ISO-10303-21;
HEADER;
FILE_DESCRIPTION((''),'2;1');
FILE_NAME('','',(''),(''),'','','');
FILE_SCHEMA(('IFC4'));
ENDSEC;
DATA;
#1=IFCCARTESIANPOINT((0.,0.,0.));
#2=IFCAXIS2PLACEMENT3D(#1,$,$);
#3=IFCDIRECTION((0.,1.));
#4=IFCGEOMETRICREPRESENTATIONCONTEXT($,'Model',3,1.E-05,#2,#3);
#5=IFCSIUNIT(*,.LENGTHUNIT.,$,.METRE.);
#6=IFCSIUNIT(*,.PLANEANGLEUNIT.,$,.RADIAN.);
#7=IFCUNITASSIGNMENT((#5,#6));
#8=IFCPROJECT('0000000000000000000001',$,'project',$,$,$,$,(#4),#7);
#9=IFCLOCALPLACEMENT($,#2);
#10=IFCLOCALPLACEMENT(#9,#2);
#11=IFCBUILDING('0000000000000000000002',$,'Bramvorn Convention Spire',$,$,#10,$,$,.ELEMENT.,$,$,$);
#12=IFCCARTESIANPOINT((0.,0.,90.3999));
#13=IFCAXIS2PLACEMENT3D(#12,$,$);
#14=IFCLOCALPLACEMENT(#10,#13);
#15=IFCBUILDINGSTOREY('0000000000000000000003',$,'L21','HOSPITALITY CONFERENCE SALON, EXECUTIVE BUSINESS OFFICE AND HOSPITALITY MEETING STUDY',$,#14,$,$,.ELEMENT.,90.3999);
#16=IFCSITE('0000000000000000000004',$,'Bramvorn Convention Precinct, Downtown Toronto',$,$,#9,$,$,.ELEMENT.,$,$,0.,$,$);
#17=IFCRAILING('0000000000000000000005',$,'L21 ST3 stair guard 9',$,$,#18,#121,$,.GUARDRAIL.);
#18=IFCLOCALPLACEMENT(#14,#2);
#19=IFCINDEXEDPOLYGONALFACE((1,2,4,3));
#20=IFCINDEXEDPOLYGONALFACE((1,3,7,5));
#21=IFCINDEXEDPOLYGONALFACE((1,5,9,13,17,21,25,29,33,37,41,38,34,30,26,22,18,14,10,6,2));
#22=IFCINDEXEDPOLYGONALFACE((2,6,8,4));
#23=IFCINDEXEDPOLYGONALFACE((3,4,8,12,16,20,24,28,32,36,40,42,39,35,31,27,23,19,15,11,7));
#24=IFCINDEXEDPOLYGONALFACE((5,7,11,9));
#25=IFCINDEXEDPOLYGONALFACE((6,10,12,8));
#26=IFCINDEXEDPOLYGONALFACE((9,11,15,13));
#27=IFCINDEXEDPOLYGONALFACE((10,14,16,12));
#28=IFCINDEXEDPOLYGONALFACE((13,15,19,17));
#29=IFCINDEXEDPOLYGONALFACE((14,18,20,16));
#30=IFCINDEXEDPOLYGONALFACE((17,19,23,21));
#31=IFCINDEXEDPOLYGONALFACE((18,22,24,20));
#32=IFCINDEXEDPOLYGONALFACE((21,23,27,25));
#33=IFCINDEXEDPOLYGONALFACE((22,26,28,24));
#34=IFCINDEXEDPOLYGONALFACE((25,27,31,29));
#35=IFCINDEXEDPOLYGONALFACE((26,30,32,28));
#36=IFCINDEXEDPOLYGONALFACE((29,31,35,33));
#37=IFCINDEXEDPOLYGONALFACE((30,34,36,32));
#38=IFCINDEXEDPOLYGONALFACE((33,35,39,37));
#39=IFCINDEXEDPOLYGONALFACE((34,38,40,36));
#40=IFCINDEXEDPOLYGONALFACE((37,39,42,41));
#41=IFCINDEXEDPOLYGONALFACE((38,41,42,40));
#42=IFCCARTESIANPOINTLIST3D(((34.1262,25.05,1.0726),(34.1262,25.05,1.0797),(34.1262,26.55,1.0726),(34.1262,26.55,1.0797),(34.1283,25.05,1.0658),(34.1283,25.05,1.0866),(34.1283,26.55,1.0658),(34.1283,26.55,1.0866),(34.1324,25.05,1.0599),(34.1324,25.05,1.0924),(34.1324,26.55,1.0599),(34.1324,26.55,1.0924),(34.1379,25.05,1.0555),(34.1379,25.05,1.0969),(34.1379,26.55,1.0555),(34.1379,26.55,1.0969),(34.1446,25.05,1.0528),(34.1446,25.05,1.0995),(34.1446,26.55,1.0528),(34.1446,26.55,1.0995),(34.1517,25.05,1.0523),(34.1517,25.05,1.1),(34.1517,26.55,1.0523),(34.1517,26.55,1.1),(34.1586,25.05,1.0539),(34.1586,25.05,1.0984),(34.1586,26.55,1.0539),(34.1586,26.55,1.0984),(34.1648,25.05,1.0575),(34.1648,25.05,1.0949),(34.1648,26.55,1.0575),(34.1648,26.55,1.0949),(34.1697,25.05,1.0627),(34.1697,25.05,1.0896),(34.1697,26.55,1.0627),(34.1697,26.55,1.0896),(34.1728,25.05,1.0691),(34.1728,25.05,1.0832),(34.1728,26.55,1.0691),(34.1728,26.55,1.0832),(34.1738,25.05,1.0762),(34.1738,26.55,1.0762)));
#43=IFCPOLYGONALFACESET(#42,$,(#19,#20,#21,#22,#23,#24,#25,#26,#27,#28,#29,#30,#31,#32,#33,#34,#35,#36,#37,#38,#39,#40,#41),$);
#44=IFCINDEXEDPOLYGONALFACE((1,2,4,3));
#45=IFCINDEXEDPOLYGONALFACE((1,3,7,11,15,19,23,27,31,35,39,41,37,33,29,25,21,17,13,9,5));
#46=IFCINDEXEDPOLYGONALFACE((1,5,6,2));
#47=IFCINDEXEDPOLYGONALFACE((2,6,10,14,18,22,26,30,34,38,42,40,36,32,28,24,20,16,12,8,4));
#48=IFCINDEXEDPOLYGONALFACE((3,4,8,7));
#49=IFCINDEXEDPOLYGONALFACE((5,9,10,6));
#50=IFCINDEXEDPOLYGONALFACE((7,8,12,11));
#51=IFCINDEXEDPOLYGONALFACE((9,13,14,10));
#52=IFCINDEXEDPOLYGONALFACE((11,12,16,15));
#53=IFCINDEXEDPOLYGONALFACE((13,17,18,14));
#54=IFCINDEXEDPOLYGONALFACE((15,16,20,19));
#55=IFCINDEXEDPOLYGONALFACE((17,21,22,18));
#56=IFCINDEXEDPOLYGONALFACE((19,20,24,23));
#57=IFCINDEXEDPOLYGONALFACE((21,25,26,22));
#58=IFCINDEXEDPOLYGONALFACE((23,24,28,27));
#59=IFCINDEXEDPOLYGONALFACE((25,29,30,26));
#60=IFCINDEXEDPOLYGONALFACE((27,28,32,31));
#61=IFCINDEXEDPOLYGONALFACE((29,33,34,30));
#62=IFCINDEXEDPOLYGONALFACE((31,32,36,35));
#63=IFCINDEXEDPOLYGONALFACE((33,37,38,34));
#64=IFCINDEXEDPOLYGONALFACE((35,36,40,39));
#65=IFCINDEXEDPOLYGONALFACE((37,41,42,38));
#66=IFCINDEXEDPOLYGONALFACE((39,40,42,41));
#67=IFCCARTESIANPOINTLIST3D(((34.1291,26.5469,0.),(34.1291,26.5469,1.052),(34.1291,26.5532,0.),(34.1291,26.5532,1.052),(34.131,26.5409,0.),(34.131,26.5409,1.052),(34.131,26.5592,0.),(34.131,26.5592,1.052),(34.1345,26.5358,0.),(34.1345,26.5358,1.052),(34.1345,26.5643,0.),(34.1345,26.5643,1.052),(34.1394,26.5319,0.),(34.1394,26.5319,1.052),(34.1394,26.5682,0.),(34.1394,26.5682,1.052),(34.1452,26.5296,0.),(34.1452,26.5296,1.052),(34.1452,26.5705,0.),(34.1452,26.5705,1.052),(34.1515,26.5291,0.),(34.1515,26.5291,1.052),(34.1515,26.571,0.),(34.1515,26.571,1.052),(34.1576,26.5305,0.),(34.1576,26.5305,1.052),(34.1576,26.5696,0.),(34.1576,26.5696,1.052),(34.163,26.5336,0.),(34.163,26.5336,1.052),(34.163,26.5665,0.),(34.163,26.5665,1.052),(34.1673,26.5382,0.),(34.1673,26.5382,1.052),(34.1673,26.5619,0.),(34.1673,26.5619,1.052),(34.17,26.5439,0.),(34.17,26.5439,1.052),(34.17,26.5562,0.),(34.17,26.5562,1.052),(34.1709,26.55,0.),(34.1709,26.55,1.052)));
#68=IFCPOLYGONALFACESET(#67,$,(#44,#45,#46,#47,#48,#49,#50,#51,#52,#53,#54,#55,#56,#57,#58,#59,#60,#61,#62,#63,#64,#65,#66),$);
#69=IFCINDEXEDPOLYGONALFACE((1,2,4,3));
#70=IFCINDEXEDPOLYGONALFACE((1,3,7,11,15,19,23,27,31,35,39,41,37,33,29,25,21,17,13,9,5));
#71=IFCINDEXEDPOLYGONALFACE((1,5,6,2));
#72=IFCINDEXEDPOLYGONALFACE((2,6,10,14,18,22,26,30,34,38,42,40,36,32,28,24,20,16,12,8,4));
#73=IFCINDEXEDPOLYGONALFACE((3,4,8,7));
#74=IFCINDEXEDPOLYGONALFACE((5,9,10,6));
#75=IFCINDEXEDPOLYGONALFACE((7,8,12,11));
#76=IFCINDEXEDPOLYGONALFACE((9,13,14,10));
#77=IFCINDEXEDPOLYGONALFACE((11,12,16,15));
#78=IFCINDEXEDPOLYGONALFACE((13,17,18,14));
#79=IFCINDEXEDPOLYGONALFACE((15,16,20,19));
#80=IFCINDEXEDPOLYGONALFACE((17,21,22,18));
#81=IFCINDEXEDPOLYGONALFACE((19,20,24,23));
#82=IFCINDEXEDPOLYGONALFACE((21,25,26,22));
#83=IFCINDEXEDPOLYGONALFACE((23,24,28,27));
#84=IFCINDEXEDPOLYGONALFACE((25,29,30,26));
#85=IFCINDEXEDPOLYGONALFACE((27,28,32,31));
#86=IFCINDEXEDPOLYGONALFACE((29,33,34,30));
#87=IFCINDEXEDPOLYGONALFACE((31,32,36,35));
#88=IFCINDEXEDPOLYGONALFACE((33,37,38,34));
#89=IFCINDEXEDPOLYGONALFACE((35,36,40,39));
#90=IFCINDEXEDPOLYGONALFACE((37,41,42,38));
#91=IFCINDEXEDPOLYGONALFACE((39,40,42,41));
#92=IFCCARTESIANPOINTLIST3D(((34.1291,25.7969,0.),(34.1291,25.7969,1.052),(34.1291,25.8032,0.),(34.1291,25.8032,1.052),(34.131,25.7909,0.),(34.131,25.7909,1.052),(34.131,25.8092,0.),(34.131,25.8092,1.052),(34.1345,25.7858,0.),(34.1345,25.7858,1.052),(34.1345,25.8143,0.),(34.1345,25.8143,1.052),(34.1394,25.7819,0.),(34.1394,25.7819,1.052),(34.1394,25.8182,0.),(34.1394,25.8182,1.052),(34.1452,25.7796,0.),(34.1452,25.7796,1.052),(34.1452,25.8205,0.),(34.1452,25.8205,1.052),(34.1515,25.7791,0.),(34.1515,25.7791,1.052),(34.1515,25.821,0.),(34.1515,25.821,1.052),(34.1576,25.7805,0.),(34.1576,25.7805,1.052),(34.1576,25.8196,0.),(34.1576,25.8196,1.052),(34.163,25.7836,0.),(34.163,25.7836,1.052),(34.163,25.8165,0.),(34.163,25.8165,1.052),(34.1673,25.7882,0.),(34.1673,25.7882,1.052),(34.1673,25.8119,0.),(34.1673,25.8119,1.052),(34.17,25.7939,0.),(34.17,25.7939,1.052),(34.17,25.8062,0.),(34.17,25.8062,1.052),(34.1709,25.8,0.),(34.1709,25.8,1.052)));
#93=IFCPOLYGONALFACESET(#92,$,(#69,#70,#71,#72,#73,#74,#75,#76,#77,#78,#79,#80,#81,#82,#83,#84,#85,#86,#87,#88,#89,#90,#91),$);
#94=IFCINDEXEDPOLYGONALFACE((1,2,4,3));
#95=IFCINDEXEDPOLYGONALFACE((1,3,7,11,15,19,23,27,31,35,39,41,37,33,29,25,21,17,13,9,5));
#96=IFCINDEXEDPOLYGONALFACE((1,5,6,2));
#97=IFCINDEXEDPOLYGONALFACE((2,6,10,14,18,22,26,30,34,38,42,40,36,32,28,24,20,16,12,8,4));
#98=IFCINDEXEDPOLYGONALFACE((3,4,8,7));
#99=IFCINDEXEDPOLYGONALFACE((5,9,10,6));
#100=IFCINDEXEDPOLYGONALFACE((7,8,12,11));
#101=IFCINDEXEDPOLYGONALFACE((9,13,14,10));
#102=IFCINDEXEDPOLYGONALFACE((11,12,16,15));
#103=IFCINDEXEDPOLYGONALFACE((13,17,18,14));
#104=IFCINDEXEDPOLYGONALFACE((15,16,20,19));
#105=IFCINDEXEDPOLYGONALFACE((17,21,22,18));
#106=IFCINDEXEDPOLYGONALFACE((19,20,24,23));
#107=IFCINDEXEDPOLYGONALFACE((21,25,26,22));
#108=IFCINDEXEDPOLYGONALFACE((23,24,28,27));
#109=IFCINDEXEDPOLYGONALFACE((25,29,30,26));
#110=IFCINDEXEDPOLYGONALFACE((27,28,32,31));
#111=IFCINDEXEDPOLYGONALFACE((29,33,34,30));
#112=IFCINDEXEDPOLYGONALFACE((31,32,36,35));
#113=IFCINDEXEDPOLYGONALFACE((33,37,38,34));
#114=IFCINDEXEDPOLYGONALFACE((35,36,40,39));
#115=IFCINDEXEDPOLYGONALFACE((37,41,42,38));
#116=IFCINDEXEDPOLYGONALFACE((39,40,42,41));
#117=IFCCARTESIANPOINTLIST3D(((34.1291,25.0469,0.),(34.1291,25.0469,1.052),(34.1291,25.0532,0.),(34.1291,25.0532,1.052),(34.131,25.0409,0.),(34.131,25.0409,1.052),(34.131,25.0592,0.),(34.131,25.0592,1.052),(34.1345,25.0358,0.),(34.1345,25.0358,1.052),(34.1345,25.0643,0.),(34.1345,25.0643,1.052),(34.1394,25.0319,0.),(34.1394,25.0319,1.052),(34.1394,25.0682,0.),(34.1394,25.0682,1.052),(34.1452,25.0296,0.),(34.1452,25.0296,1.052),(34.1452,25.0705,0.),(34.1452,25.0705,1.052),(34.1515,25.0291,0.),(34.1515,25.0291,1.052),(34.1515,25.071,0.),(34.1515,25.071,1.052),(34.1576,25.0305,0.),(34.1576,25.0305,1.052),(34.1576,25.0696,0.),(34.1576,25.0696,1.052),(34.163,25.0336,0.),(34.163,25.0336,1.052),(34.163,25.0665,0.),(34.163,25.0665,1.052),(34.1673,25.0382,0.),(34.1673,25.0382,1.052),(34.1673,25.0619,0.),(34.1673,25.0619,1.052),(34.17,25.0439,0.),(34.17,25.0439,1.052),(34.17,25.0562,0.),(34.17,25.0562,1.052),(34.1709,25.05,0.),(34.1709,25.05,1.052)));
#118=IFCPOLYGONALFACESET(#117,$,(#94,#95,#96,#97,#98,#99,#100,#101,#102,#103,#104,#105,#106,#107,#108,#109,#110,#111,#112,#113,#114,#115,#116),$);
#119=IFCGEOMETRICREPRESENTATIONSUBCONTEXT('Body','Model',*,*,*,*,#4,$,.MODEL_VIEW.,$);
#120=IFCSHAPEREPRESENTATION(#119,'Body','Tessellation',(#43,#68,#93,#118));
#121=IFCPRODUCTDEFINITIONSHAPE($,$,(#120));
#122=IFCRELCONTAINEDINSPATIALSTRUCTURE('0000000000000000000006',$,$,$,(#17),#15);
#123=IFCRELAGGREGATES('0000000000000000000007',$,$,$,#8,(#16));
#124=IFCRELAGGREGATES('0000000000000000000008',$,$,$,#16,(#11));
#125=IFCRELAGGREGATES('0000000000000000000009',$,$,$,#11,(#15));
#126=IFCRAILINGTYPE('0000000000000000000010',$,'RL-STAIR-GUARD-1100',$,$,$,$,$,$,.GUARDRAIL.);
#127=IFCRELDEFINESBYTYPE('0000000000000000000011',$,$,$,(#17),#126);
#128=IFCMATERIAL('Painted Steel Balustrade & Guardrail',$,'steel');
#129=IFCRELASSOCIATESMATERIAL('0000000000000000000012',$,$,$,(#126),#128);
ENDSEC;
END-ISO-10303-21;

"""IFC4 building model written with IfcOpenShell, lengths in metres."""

from ifc_helpers import new_model, si_unit, direction, frame, origin, origin_2d, place, context, subcontext, project, spatial, circle, extrude, material, type_object, element, save


model = new_model("IFC4")

# Units and contexts
model_context = context("Model", 3, precision=1e-05, world=origin(), true_north=direction((0.0, 1.0)))
body_context = subcontext(model_context, "Body", "Model", "MODEL_VIEW")
ifc_project = project(units=[si_unit("LENGTHUNIT", "METRE"), si_unit("PLANEANGLEUNIT", "RADIAN")], contexts=[model_context])

# Site, building, storey
site_placement = place(None, origin())
site = spatial("IfcSite", under=ifc_project, at=site_placement, Name="Bramvorn Convention Precinct, Downtown Toronto", CompositionType="ELEMENT", RefElevation=0.0)
building_placement = place(site_placement, origin())
building = spatial("IfcBuilding", under=site, at=building_placement, Name="Bramvorn Convention Spire", CompositionType="ELEMENT")
storey_placement = place(building_placement, frame((0.0, 0.0, 90.3999)))
storey = spatial("IfcBuildingStorey", under=building, at=storey_placement, Name="L21", Description="HOSPITALITY CONFERENCE SALON, EXECUTIVE BUSINESS OFFICE AND HOSPITALITY MEETING STUDY", CompositionType="ELEMENT", Elevation=90.3999)

# Railing
ifc_material_1 = material(Name="Painted Steel Balustrade & Guardrail", Category="steel")
railing_type_1 = type_object("IfcRailingType", Name="RL-STAIR-GUARD-1100", PredefinedType="GUARDRAIL", material=ifc_material_1)
for number, where, name in (
    (1, (34.1499, 26.55, 0.0), "L21 ST3 stair guard 9"),
):
    element("IfcRailing", number, at=place(storey_placement, frame(where)), inside=storey, type_object=railing_type_1, Name=name, PredefinedType="GUARDRAIL", context=body_context, shape_type="SweptSolid", body=[
        extrude(circle(Radius=0.0239, at=origin_2d()), frame((0.0, 0.0, 1.0762), z_axis=(0.0, -1.0, 0.0), x_axis=(1.0, 0.0, 0.0)), (0.0, 0.0, 1.0), 1.5),
        extrude(circle(Radius=0.021, at=origin_2d()), origin(), (0.0, 0.0, 1.0), 1.052),
        extrude(circle(Radius=0.021, at=origin_2d()), frame((0.0, -0.75, 0.0)), (0.0, 0.0, 1.0), 1.052),
        extrude(circle(Radius=0.021, at=origin_2d()), frame((0.0, -1.5, 0.0)), (0.0, 0.0, 1.0), 1.052),
    ])

save(model, "model.ifc")
